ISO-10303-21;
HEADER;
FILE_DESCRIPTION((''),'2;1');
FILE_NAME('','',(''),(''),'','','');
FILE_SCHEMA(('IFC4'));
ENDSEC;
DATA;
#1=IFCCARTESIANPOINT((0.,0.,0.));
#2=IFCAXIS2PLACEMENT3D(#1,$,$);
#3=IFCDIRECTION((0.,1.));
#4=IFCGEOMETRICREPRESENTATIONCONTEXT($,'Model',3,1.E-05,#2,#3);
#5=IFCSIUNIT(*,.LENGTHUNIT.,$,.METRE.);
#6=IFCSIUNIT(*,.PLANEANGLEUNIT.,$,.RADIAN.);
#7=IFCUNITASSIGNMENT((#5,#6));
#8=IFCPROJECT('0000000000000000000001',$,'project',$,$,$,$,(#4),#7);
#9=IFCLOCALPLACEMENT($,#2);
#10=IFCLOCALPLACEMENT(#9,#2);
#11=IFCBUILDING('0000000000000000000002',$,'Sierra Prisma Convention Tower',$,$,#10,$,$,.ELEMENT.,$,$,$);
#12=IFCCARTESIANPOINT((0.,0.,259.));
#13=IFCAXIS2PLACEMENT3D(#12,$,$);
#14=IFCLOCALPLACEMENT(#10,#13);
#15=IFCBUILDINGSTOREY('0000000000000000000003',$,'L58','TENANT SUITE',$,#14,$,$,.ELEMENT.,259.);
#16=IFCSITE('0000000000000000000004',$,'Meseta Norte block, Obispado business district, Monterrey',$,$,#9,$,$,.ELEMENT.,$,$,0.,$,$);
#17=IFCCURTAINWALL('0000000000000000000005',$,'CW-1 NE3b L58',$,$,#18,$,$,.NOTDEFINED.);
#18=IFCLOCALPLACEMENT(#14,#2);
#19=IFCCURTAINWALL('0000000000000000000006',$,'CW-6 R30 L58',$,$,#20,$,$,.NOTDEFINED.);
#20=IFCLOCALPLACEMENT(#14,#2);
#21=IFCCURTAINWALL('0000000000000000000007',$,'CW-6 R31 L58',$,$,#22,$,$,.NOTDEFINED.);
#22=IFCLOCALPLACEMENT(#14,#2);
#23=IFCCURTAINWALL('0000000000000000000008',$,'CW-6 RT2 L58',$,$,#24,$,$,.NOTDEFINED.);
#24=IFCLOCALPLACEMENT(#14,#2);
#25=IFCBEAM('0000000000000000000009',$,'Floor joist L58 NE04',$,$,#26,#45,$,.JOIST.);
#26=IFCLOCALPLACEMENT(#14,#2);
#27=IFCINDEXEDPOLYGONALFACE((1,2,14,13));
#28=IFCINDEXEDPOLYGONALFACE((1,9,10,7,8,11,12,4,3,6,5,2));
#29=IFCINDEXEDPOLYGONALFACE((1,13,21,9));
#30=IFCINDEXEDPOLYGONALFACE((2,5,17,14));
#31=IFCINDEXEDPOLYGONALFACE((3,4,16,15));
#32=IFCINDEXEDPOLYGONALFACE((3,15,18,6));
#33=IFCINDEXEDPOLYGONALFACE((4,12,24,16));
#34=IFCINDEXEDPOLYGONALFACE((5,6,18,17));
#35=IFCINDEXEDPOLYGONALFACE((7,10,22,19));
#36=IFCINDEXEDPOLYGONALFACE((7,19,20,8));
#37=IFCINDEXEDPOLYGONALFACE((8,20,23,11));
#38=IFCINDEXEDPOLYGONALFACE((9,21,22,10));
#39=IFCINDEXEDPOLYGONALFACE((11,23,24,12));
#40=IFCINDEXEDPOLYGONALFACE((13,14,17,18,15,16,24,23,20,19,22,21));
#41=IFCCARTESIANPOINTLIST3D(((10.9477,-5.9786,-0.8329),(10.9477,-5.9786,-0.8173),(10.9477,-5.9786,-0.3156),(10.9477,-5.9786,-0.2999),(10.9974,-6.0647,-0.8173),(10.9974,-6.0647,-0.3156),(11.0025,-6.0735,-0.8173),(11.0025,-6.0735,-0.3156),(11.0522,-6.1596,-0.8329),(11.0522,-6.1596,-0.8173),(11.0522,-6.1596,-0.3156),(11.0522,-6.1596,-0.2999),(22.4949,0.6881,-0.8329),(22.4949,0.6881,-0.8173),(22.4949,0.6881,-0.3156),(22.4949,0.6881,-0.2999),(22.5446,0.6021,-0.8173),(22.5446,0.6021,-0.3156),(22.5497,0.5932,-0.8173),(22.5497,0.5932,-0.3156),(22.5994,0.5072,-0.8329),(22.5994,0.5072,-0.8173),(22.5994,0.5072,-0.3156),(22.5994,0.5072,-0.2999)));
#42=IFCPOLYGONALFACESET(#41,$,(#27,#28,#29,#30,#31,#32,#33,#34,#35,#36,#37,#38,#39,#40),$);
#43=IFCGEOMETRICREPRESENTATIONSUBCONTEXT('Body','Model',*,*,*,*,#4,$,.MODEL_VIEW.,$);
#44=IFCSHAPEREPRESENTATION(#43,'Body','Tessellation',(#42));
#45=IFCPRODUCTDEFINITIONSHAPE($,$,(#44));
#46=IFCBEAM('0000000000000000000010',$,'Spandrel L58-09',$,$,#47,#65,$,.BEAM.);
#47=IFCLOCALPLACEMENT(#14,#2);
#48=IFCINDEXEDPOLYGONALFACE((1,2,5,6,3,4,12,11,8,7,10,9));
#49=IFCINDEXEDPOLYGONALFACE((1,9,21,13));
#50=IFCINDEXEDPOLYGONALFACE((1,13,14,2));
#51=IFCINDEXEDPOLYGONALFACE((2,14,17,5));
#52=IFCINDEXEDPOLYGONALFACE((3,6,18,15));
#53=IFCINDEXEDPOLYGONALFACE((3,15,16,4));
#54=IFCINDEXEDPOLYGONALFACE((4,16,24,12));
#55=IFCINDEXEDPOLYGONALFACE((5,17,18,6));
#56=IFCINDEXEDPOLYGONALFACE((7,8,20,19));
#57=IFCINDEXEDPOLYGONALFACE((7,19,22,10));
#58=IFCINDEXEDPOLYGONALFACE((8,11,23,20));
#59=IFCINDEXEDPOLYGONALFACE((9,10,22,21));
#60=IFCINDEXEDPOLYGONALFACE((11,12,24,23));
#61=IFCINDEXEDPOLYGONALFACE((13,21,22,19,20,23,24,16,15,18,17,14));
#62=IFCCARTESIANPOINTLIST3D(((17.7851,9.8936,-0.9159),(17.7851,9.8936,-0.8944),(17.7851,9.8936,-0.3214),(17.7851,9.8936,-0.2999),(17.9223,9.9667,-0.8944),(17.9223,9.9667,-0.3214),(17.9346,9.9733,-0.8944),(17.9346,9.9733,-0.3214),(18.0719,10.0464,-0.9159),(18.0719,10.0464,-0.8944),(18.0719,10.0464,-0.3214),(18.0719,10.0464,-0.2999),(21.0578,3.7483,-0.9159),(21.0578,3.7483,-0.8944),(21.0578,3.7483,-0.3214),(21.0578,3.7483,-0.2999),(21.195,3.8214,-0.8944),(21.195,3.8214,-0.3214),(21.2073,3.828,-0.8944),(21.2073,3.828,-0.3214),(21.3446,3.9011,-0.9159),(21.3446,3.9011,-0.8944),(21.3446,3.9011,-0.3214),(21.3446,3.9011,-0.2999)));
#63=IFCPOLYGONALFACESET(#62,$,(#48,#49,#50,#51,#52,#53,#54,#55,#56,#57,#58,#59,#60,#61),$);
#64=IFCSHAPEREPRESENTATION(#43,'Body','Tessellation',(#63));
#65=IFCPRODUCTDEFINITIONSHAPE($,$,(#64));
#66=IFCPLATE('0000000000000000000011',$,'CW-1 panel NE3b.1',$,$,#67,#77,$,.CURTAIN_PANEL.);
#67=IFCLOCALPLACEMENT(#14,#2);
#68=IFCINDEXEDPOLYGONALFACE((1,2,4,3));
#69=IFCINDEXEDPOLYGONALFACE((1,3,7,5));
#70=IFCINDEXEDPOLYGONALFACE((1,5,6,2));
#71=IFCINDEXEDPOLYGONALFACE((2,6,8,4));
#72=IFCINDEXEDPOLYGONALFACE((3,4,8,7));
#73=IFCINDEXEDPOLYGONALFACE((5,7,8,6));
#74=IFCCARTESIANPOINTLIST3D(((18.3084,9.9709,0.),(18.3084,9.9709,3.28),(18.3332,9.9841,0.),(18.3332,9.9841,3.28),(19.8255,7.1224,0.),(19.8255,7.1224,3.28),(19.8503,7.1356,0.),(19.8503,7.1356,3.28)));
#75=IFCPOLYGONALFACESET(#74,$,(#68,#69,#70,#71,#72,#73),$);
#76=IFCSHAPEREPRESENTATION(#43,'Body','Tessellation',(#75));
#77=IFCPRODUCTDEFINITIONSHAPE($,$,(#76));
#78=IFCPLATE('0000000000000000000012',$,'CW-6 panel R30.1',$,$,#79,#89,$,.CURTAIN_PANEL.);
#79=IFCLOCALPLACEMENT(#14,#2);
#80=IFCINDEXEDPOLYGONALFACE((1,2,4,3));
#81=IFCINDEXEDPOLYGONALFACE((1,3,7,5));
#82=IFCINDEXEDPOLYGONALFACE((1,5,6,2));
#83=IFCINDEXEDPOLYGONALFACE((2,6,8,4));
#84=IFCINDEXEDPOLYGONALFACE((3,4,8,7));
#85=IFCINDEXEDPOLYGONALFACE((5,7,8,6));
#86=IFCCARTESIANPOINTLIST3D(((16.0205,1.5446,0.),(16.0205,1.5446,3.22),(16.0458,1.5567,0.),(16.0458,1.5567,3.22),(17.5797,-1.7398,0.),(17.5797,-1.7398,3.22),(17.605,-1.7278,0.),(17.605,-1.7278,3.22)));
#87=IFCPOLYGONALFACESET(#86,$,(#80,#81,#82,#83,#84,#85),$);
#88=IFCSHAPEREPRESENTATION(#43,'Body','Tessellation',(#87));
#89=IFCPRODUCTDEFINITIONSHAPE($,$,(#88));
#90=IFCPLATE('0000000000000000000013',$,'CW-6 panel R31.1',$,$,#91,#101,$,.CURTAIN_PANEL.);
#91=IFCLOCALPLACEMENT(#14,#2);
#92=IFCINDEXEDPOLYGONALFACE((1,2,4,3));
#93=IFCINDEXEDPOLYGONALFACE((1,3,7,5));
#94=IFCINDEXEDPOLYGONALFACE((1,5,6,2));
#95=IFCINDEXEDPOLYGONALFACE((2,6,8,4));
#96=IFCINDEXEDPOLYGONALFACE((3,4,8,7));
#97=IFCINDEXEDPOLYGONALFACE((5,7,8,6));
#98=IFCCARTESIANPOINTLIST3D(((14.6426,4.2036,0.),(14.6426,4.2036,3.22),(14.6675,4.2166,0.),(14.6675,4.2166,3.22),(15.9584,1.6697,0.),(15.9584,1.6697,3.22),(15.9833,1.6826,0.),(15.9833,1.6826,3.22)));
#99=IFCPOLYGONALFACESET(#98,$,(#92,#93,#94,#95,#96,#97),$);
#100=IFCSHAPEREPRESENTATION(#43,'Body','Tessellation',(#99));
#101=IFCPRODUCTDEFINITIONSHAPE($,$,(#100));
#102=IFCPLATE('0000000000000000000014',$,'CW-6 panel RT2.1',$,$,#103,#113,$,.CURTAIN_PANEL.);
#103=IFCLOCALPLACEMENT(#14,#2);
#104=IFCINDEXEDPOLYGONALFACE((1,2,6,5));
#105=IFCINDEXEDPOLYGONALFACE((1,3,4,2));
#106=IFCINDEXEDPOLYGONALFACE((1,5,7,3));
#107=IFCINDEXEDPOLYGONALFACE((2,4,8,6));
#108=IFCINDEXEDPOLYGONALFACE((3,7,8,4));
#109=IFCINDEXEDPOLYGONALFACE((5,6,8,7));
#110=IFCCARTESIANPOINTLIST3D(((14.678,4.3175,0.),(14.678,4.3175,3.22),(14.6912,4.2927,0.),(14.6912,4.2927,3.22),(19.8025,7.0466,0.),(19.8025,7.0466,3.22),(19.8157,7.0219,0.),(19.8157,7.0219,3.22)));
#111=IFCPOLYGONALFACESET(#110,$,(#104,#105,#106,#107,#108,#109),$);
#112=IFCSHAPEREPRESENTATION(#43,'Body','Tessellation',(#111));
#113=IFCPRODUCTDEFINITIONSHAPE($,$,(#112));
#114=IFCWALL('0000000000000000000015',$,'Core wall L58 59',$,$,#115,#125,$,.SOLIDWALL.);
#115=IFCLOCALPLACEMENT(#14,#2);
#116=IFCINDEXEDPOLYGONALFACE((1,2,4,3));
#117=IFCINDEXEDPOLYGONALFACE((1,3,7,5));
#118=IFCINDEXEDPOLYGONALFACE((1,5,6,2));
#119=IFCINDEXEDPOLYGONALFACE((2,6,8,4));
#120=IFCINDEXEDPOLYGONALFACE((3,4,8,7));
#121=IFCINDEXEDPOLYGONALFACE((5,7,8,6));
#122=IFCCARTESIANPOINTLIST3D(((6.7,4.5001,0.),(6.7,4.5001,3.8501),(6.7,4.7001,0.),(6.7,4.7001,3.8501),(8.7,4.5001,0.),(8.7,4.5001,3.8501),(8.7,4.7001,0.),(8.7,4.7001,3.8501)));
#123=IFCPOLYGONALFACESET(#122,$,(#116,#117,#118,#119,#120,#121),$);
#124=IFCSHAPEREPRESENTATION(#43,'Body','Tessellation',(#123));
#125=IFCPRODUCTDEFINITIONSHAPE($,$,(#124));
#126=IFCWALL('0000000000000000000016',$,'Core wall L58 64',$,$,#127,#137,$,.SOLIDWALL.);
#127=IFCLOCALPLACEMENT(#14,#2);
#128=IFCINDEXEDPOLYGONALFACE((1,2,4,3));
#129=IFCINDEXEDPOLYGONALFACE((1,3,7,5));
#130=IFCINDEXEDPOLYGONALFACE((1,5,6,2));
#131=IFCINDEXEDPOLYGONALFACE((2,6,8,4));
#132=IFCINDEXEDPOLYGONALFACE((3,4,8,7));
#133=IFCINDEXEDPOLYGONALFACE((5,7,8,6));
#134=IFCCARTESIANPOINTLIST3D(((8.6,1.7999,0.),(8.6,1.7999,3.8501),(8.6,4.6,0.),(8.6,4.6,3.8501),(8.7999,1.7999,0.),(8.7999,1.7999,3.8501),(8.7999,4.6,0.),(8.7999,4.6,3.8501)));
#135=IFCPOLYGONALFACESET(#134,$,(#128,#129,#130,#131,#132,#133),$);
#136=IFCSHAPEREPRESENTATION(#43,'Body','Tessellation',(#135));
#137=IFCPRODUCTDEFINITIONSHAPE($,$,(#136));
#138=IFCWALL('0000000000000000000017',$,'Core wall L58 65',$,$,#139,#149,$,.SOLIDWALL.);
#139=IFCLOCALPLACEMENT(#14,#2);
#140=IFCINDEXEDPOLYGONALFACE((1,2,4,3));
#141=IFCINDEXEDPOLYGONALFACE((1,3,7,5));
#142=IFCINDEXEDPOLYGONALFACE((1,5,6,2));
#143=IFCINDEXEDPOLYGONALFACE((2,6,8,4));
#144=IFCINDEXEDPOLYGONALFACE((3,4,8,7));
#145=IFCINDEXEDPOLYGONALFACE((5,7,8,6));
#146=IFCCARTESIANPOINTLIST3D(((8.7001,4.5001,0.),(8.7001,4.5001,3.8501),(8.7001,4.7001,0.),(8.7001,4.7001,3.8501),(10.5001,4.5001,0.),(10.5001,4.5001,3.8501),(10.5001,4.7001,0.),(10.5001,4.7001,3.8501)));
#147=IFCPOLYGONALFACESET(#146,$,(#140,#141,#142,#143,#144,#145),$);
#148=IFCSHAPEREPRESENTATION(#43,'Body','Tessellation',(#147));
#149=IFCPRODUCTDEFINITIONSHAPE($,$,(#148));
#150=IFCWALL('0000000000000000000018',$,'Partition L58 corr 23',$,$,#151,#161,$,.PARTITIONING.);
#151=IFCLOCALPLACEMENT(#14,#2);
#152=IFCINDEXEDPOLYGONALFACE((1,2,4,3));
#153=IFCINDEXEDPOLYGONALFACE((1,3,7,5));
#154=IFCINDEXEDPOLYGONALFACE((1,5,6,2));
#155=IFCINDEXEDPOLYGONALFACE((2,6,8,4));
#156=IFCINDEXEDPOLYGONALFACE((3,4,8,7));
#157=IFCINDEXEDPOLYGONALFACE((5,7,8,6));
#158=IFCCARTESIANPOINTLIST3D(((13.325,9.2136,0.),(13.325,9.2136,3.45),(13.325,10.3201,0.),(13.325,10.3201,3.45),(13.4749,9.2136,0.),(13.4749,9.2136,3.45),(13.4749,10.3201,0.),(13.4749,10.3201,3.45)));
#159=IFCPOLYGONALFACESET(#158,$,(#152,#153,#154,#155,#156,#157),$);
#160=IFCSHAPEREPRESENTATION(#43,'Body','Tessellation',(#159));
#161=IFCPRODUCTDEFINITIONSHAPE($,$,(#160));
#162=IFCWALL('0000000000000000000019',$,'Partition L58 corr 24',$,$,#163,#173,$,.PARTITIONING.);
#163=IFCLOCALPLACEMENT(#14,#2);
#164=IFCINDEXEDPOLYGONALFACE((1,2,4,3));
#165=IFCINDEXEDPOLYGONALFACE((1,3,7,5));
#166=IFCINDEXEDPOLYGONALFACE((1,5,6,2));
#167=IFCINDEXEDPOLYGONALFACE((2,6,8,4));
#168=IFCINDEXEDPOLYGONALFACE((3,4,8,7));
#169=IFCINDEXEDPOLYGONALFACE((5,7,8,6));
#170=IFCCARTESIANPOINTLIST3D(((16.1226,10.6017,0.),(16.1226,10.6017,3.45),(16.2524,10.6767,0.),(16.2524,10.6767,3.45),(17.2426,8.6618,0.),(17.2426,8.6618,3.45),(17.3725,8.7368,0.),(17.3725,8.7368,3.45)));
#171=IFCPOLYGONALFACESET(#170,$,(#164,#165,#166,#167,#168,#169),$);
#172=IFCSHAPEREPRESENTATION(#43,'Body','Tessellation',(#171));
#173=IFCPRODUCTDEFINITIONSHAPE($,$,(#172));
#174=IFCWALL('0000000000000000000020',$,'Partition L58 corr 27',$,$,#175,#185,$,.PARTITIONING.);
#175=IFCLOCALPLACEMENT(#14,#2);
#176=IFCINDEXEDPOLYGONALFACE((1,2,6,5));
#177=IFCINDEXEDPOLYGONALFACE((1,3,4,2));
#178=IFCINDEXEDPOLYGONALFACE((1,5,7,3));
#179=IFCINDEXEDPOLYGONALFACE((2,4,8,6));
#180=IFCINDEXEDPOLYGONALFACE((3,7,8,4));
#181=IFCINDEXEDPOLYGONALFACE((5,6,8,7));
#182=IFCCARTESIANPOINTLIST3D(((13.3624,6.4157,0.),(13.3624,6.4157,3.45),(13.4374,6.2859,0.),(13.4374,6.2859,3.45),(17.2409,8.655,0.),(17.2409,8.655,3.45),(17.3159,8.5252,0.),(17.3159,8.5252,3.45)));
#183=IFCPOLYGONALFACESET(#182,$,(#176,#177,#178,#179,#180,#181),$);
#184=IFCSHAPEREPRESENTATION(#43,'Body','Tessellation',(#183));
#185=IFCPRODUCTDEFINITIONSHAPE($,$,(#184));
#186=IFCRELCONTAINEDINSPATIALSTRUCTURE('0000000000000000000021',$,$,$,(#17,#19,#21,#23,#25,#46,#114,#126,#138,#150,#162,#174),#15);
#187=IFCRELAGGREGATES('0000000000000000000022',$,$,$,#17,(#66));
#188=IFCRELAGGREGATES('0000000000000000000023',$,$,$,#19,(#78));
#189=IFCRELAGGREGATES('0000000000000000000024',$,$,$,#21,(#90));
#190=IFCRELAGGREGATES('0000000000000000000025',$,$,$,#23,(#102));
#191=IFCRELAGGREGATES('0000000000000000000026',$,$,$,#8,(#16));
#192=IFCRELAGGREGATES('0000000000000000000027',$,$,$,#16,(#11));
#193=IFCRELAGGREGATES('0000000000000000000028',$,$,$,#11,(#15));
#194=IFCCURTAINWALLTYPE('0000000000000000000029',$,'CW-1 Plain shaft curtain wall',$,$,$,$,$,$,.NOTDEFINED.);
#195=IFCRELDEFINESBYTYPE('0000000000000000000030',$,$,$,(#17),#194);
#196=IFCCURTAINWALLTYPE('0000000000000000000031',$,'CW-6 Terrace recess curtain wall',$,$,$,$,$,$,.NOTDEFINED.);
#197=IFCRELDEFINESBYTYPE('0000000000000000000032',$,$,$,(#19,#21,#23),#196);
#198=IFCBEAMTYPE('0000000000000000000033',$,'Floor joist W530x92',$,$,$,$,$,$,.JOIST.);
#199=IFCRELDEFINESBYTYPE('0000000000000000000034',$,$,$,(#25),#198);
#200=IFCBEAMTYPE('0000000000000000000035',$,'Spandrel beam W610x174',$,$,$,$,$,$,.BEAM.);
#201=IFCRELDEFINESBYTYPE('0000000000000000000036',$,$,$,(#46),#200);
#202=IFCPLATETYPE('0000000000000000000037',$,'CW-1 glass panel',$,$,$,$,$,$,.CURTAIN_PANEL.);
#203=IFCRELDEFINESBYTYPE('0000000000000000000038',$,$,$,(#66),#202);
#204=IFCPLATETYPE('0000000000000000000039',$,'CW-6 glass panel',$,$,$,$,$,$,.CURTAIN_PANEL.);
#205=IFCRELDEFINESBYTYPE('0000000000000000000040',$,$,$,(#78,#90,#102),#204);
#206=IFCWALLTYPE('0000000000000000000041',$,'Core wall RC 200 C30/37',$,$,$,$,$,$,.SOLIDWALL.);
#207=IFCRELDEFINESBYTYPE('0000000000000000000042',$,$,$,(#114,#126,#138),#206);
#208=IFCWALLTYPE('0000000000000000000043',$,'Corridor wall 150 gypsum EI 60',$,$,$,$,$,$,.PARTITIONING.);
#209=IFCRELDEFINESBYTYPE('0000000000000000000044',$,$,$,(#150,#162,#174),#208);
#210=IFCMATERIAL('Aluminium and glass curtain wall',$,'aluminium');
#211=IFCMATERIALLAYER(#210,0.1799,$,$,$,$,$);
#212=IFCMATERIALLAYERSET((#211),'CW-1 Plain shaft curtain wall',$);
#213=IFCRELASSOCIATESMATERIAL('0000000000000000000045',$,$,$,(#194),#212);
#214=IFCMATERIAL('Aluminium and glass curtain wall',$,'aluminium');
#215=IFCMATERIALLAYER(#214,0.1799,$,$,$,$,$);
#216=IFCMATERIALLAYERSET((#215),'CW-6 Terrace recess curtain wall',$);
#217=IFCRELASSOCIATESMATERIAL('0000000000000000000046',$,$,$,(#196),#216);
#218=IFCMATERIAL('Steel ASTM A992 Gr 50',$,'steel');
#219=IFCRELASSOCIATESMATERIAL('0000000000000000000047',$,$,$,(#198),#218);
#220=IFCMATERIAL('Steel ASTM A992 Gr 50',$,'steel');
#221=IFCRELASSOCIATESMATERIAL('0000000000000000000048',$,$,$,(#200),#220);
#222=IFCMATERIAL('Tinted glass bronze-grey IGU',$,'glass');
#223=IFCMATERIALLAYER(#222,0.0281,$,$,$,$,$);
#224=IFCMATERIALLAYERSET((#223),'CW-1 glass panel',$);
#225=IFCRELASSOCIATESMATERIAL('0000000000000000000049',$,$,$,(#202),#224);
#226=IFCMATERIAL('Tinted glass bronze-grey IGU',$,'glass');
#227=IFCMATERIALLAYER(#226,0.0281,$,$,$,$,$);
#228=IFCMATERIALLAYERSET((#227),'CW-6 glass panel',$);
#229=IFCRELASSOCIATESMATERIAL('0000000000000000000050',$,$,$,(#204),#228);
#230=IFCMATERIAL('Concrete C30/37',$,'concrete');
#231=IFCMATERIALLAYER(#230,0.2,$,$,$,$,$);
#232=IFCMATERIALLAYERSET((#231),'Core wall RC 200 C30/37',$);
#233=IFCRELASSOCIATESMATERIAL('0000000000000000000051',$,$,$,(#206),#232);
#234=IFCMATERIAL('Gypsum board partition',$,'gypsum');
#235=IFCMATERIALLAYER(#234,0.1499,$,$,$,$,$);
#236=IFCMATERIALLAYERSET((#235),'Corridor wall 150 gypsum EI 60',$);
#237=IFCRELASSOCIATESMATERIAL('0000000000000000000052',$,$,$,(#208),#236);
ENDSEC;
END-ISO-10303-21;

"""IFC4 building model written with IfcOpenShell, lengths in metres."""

from ifc_helpers import new_model, si_unit, direction, frame, frame_2d, origin, origin_2d, place, context, subcontext, project, spatial, rectangle, i_section, extrude, material, layer, layer_set, material_profile, profile_set, type_object, element, aggregate, save


model = new_model("IFC4")

# Units and contexts
model_context = context("Model", 3, precision=1e-05, world=origin(), true_north=direction((0.0, 1.0)))
body_context = subcontext(model_context, "Body", "Model", "MODEL_VIEW")
ifc_project = project(units=[si_unit("LENGTHUNIT", "METRE"), si_unit("PLANEANGLEUNIT", "RADIAN")], contexts=[model_context])

# Site, building, storey
site_placement = place(None, origin())
site = spatial("IfcSite", under=ifc_project, at=site_placement, Name="Meseta Norte block, Obispado business district, Monterrey", CompositionType="ELEMENT", RefElevation=0.0)
building_placement = place(site_placement, origin())
building = spatial("IfcBuilding", under=site, at=building_placement, Name="Sierra Prisma Convention Tower", CompositionType="ELEMENT")
storey_placement = place(building_placement, frame((0.0, 0.0, 259.0)))
storey = spatial("IfcBuildingStorey", under=building, at=storey_placement, Name="L58", Description="TENANT SUITE", CompositionType="ELEMENT", Elevation=259.0)

# Curtain walls
ifc_material_1 = material(Name="Aluminium and glass curtain wall", Category="aluminium")
ifc_layer_1 = layer(ifc_material_1, 0.1799)
ifc_layer_set_1 = layer_set([ifc_layer_1], Name="CW-1 Plain shaft curtain wall")
curtain_wall_type_1 = type_object("IfcCurtainWallType", Name="CW-1 Plain shaft curtain wall", PredefinedType="NOTDEFINED", material=ifc_layer_set_1)
curtain_wall_1_placement = place(storey_placement, origin())
curtain_wall_1 = element("IfcCurtainWall", 1, at=curtain_wall_1_placement, inside=storey, type_object=curtain_wall_type_1, Name="CW-1 NE3b L58", PredefinedType="NOTDEFINED")
ifc_material_2 = material(Name="Aluminium and glass curtain wall", Category="aluminium")
ifc_layer_2 = layer(ifc_material_2, 0.1799)
ifc_layer_set_2 = layer_set([ifc_layer_2], Name="CW-6 Terrace recess curtain wall")
curtain_wall_type_2 = type_object("IfcCurtainWallType", Name="CW-6 Terrace recess curtain wall", PredefinedType="NOTDEFINED", material=ifc_layer_set_2)
curtain_wall_2_placement = place(storey_placement, origin())
curtain_wall_2 = element("IfcCurtainWall", 2, at=curtain_wall_2_placement, inside=storey, type_object=curtain_wall_type_2, Name="CW-6 R30 L58", PredefinedType="NOTDEFINED")

# Curtain wall
curtain_wall_3_placement = place(storey_placement, origin())
curtain_wall_3 = element("IfcCurtainWall", 3, at=curtain_wall_3_placement, inside=storey, type_object=curtain_wall_type_2, Name="CW-6 R31 L58", PredefinedType="NOTDEFINED")

# Curtain wall
curtain_wall_4_placement = place(storey_placement, origin())
curtain_wall_4 = element("IfcCurtainWall", 4, at=curtain_wall_4_placement, inside=storey, type_object=curtain_wall_type_2, Name="CW-6 RT2 L58", PredefinedType="NOTDEFINED")

# Beams
ifc_material_3 = material(Name="Steel ASTM A992 Gr 50", Category="steel")
ifc_material_profile_1 = material_profile(ifc_material_3, i_section(OverallWidth=0.209, OverallDepth=0.533, WebThickness=0.0103, FlangeThickness=0.0156, at=origin_2d()), Name="W530x92")
ifc_profile_set_1 = profile_set([ifc_material_profile_1], Name="Steel ASTM A992 Gr 50")
beam_type_1 = type_object("IfcBeamType", Name="Floor joist W530x92", PredefinedType="JOIST", material=ifc_profile_set_1)
beam_1_placement = place(storey_placement, frame((22.5471, 0.5977, -0.5664), z_axis=(-0.866025, -0.500001, 0.0), x_axis=(0.500001, -0.866025, 0.0)))
element("IfcBeam", 5, at=beam_1_placement, inside=storey, type_object=beam_type_1, Name="Floor joist L58 NE04", PredefinedType="JOIST", context=body_context, shape_type="SweptSolid", body=[
    extrude(i_section(OverallWidth=0.209, OverallDepth=0.533, WebThickness=0.0103, FlangeThickness=0.0156, at=origin_2d()), origin(), (0.0, 0.0, 1.0), 13.3335),
])
ifc_material_4 = material(Name="Steel ASTM A992 Gr 50", Category="steel")
ifc_material_profile_2 = material_profile(ifc_material_4, i_section(OverallWidth=0.325, OverallDepth=0.616, WebThickness=0.0139, FlangeThickness=0.0215, at=origin_2d()), Name="W610x174")
ifc_profile_set_2 = profile_set([ifc_material_profile_2], Name="Steel ASTM A992 Gr 50")
beam_type_2 = type_object("IfcBeamType", Name="Spandrel beam W610x174", PredefinedType="BEAM", material=ifc_profile_set_2)
beam_2_placement = place(storey_placement, frame((21.2012, 3.8247, -0.6079), z_axis=(-0.470055, 0.882637, 0.0), x_axis=(-0.882637, -0.470055, 0.0)))
element("IfcBeam", 6, at=beam_2_placement, inside=storey, type_object=beam_type_2, Name="Spandrel L58-09", PredefinedType="BEAM", context=body_context, shape_type="SweptSolid", body=[
    extrude(i_section(OverallWidth=0.325, OverallDepth=0.616, WebThickness=0.0139, FlangeThickness=0.0215, at=origin_2d()), origin(), (0.0, 0.0, 1.0), 6.9624),
])

# Plates
ifc_material_5 = material(Name="Tinted glass bronze-grey IGU", Category="glass")
ifc_layer_3 = layer(ifc_material_5, 0.0281)
ifc_layer_set_3 = layer_set([ifc_layer_3], Name="CW-1 glass panel")
plate_type_1 = type_object("IfcPlateType", Name="CW-1 glass panel", PredefinedType="CURTAIN_PANEL", material=ifc_layer_set_3)
plate_1_placement = place(storey_placement, frame((19.0793, 8.5532, 0.0), z_axis=(0.0, 0.0, 1.0), x_axis=(-0.470063, 0.882633, 0.0)))
plate_1 = element("IfcPlate", 7, at=plate_1_placement, type_object=plate_type_1, Name="CW-1 panel NE3b.1", PredefinedType="CURTAIN_PANEL", context=body_context, shape_type="SweptSolid", body=[
    extrude(rectangle(XDim=3.2273, YDim=0.0281, at=origin_2d()), origin(), (0.0, 0.0, 1.0), 3.28),
])
aggregate(curtain_wall_1, [plate_1])
ifc_material_6 = material(Name="Tinted glass bronze-grey IGU", Category="glass")
ifc_layer_4 = layer(ifc_material_6, 0.0281)
ifc_layer_set_4 = layer_set([ifc_layer_4], Name="CW-6 glass panel")
plate_type_2 = type_object("IfcPlateType", Name="CW-6 glass panel", PredefinedType="CURTAIN_PANEL", material=ifc_layer_set_4)
plate_2_placement = place(storey_placement, frame((16.8127, -0.0916, 0.0), z_axis=(0.0, 0.0, 1.0), x_axis=(-0.428848, 0.903377, 0.0)))
plate_2 = element("IfcPlate", 8, at=plate_2_placement, type_object=plate_type_2, Name="CW-6 panel R30.1", PredefinedType="CURTAIN_PANEL", context=body_context, shape_type="SweptSolid", body=[
    extrude(rectangle(XDim=3.6357, YDim=0.0281, at=origin_2d()), origin(), (0.0, 0.0, 1.0), 3.22),
])
aggregate(curtain_wall_2, [plate_2])
plate_3_placement = place(storey_placement, frame((15.313, 2.9431, 0.0), z_axis=(0.0, 0.0, 1.0), x_axis=(-0.460841, 0.887483, 0.0)))
plate_3 = element("IfcPlate", 9, at=plate_3_placement, type_object=plate_type_2, Name="CW-6 panel R31.1", PredefinedType="CURTAIN_PANEL", context=body_context, shape_type="SweptSolid", body=[
    extrude(rectangle(XDim=2.8552, YDim=0.0281, at=origin_2d()), origin(), (0.0, 0.0, 1.0), 3.22),
])
aggregate(curtain_wall_3, [plate_3])
plate_4_placement = place(storey_placement, frame((17.2468, 5.6697, 0.0), z_axis=(0.0, 0.0, 1.0), x_axis=(0.882633, 0.470063, 0.0)))
plate_4 = element("IfcPlate", 10, at=plate_4_placement, type_object=plate_type_2, Name="CW-6 panel RT2.1", PredefinedType="CURTAIN_PANEL", context=body_context, shape_type="SweptSolid", body=[
    extrude(rectangle(XDim=5.8059, YDim=0.0281, at=origin_2d()), origin(), (0.0, 0.0, 1.0), 3.22),
])
aggregate(curtain_wall_4, [plate_4])

# Wall
ifc_material_7 = material(Name="Concrete C30/37", Category="concrete")
ifc_layer_5 = layer(ifc_material_7, 0.2)
ifc_layer_set_5 = layer_set([ifc_layer_5], Name="Core wall RC 200 C30/37")
wall_type_1 = type_object("IfcWallType", Name="Core wall RC 200 C30/37", PredefinedType="SOLIDWALL", material=ifc_layer_set_5)
wall_1_placement = place(storey_placement, frame((8.7, 4.6001, 0.0), z_axis=(0.0, 0.0, 1.0), x_axis=(-1.0, 0.0, 0.0)))
element("IfcWall", 11, at=wall_1_placement, inside=storey, type_object=wall_type_1, Name="Core wall L58 59", PredefinedType="SOLIDWALL", context=body_context, shape_type="SweptSolid", body=[
    extrude(rectangle(XDim=2.0, YDim=0.2, at=frame_2d((1.0, 0.0))), origin(), (0.0, 0.0, 1.0), 3.8501),
])

# Walls
wall_2_placement = place(storey_placement, frame((8.7, 1.8, 0.0), z_axis=(0.0, 0.0, 1.0), x_axis=(0.0, 1.0, 0.0)))
element("IfcWall", 12, at=wall_2_placement, inside=storey, type_object=wall_type_1, Name="Core wall L58 64", PredefinedType="SOLIDWALL", context=body_context, shape_type="SweptSolid", body=[
    extrude(rectangle(XDim=2.8, YDim=0.2, at=frame_2d((1.3999, 0.0))), origin(), (0.0, 0.0, 1.0), 3.8501),
])
wall_3_placement = place(storey_placement, frame((10.5, 4.6001, 0.0), z_axis=(0.0, 0.0, 1.0), x_axis=(-1.0, 0.0, 0.0)))
element("IfcWall", 13, at=wall_3_placement, inside=storey, type_object=wall_type_1, Name="Core wall L58 65", PredefinedType="SOLIDWALL", context=body_context, shape_type="SweptSolid", body=[
    extrude(rectangle(XDim=1.8, YDim=0.2, at=frame_2d((0.8999, 0.0))), origin(), (0.0, 0.0, 1.0), 3.8501),
])
ifc_material_8 = material(Name="Gypsum board partition", Category="gypsum")
ifc_layer_6 = layer(ifc_material_8, 0.1499)
ifc_layer_set_6 = layer_set([ifc_layer_6], Name="Corridor wall 150 gypsum EI 60")
wall_type_2 = type_object("IfcWallType", Name="Corridor wall 150 gypsum EI 60", PredefinedType="PARTITIONING", material=ifc_layer_set_6)
wall_4_placement = place(storey_placement, frame((13.3999, 9.2136, 0.0), z_axis=(0.0, 0.0, 1.0), x_axis=(0.0, 1.0, 0.0)))
element("IfcWall", 14, at=wall_4_placement, inside=storey, type_object=wall_type_2, Name="Partition L58 corr 23", PredefinedType="PARTITIONING", context=body_context, shape_type="SweptSolid", body=[
    extrude(rectangle(XDim=1.1064, YDim=0.1499, at=frame_2d((0.5532, 0.0))), origin(), (0.0, 0.0, 1.0), 3.45),
])
wall_5_placement = place(storey_placement, frame((17.3076, 8.6992, 0.0), z_axis=(0.0, 0.0, 1.0), x_axis=(-0.500031, 0.866008, 0.0)))
element("IfcWall", 15, at=wall_5_placement, inside=storey, type_object=wall_type_2, Name="Partition L58 corr 24", PredefinedType="PARTITIONING", context=body_context, shape_type="SweptSolid", body=[
    extrude(rectangle(XDim=2.24, YDim=0.1499, at=frame_2d((1.1201, 0.0))), origin(), (0.0, 0.0, 1.0), 3.45),
])
wall_6_placement = place(storey_placement, frame((13.3999, 6.3508, 0.0), z_axis=(0.0, 0.0, 1.0), x_axis=(0.86602, 0.500009, 0.0)))
element("IfcWall", 16, at=wall_6_placement, inside=storey, type_object=wall_type_2, Name="Partition L58 corr 27", PredefinedType="PARTITIONING", context=body_context, shape_type="SweptSolid", body=[
    extrude(rectangle(XDim=4.4785, YDim=0.1499, at=frame_2d((2.2393, 0.0))), origin(), (0.0, 0.0, 1.0), 3.45),
])

save(model, "model.ifc")
